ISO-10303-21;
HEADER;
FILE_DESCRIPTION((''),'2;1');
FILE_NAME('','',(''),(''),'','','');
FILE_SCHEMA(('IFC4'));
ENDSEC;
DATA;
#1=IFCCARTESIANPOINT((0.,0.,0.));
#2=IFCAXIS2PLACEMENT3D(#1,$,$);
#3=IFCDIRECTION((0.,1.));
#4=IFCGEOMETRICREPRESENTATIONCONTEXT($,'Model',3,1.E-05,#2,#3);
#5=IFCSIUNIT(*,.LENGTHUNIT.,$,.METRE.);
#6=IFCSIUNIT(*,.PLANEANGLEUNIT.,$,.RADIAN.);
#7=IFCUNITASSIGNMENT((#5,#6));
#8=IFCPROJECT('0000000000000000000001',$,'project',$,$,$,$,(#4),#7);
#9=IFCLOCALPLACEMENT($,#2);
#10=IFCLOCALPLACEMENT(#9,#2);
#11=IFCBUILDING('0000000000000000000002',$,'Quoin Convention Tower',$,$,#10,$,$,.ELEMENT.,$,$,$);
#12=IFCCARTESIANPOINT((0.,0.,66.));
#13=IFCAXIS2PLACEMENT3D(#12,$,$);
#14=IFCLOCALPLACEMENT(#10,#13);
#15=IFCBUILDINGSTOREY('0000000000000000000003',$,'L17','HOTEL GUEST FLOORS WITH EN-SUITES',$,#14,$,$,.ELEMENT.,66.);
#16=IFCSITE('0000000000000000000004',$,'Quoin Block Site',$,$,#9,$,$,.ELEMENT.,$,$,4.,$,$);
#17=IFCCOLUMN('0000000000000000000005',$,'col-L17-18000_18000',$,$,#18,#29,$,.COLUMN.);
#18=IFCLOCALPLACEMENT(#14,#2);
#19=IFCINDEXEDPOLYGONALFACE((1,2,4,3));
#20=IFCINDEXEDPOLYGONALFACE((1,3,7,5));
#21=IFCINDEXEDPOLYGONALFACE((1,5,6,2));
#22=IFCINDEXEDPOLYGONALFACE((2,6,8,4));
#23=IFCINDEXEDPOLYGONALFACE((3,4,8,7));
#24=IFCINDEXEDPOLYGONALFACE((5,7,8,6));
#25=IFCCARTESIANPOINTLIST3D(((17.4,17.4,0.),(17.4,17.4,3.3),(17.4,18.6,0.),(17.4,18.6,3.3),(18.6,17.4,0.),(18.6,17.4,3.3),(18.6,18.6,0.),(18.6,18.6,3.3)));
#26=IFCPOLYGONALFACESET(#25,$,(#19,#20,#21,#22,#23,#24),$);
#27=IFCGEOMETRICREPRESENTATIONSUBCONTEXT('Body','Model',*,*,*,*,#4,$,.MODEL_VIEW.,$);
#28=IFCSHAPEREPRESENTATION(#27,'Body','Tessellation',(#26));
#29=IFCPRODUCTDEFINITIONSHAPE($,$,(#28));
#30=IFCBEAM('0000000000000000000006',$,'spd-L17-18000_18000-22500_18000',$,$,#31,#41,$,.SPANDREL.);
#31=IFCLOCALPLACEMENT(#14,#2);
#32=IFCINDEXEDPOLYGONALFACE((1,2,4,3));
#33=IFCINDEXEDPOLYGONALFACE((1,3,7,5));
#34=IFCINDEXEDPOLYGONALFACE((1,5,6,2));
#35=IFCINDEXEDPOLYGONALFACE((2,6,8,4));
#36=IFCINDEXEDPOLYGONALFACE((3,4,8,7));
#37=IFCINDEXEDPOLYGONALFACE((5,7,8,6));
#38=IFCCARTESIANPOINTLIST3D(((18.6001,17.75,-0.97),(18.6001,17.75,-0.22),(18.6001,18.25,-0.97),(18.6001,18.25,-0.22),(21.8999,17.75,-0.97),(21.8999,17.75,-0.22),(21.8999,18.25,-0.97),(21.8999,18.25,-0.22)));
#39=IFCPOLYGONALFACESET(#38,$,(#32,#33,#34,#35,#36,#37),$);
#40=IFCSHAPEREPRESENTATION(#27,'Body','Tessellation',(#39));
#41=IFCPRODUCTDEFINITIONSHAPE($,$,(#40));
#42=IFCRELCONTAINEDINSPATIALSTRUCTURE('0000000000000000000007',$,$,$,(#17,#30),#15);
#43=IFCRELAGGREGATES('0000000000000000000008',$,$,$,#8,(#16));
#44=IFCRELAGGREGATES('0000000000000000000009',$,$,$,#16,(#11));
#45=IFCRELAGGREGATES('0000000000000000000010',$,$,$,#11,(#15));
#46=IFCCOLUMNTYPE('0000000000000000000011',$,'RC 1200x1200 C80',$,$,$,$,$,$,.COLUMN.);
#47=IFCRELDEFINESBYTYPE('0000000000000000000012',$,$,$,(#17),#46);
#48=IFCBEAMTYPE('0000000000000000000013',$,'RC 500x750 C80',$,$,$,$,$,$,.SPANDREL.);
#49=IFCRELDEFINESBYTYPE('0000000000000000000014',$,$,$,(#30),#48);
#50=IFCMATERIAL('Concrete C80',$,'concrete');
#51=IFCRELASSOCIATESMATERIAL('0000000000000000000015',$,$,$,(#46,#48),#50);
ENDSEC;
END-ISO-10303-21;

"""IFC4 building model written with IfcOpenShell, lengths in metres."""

from ifc_helpers import new_model, si_unit, direction, frame, origin, origin_2d, place, context, subcontext, project, spatial, rectangle, extrude, material, material_profile, profile_set, type_object, element, save


model = new_model("IFC4")

# Units and contexts
model_context = context("Model", 3, precision=1e-05, world=origin(), true_north=direction((0.0, 1.0)))
body_context = subcontext(model_context, "Body", "Model", "MODEL_VIEW")
ifc_project = project(units=[si_unit("LENGTHUNIT", "METRE"), si_unit("PLANEANGLEUNIT", "RADIAN")], contexts=[model_context])

# Site, building, storey
site_placement = place(None, origin())
site = spatial("IfcSite", under=ifc_project, at=site_placement, Name="Quoin Block Site", CompositionType="ELEMENT", RefElevation=4.0)
building_placement = place(site_placement, origin())
building = spatial("IfcBuilding", under=site, at=building_placement, Name="Quoin Convention Tower", CompositionType="ELEMENT")
storey_placement = place(building_placement, frame((0.0, 0.0, 66.0)))
storey = spatial("IfcBuildingStorey", under=building, at=storey_placement, Name="L17", Description="HOTEL GUEST FLOORS WITH EN-SUITES", CompositionType="ELEMENT", Elevation=66.0)

# Column
ifc_material_1 = material(Name="Concrete C80", Category="concrete")
ifc_material_profile_1 = material_profile(ifc_material_1, rectangle(XDim=1.2, YDim=1.2, at=origin_2d()), Name="RC 1200x1200")
ifc_profile_set_1 = profile_set([ifc_material_profile_1], Name="Concrete C80")
column_type = type_object("IfcColumnType", Name="RC 1200x1200 C80", PredefinedType="COLUMN", material=ifc_profile_set_1)
column_placement = place(storey_placement, frame((18.0, 18.0, 0.0), z_axis=(0.0, 0.0, 1.0), x_axis=(1.0, 0.0, 0.0)))
element("IfcColumn", 1, at=column_placement, inside=storey, type_object=column_type, Name="col-L17-18000_18000", PredefinedType="COLUMN", context=body_context, shape_type="SweptSolid", body=[
    extrude(rectangle(XDim=1.2, YDim=1.2, at=origin_2d()), origin(), (0.0, 0.0, 1.0), 3.3),
])

# Beam
ifc_material_profile_2 = material_profile(ifc_material_1, rectangle(XDim=0.5, YDim=0.75, at=origin_2d()), Name="RC 500x750")
ifc_profile_set_2 = profile_set([ifc_material_profile_2], Name="Concrete C80")
beam_type = type_object("IfcBeamType", Name="RC 500x750 C80", PredefinedType="SPANDREL", material=ifc_profile_set_2)
beam_placement = place(storey_placement, frame((18.6001, 18.0, -0.595), z_axis=(1.0, 0.0, 0.0), x_axis=(0.0, 1.0, 0.0)))
element("IfcBeam", 2, at=beam_placement, inside=storey, type_object=beam_type, Name="spd-L17-18000_18000-22500_18000", PredefinedType="SPANDREL", context=body_context, shape_type="SweptSolid", body=[
    extrude(rectangle(XDim=0.5, YDim=0.75, at=origin_2d()), origin(), (0.0, 0.0, 1.0), 3.2998),
])

save(model, "model.ifc")
